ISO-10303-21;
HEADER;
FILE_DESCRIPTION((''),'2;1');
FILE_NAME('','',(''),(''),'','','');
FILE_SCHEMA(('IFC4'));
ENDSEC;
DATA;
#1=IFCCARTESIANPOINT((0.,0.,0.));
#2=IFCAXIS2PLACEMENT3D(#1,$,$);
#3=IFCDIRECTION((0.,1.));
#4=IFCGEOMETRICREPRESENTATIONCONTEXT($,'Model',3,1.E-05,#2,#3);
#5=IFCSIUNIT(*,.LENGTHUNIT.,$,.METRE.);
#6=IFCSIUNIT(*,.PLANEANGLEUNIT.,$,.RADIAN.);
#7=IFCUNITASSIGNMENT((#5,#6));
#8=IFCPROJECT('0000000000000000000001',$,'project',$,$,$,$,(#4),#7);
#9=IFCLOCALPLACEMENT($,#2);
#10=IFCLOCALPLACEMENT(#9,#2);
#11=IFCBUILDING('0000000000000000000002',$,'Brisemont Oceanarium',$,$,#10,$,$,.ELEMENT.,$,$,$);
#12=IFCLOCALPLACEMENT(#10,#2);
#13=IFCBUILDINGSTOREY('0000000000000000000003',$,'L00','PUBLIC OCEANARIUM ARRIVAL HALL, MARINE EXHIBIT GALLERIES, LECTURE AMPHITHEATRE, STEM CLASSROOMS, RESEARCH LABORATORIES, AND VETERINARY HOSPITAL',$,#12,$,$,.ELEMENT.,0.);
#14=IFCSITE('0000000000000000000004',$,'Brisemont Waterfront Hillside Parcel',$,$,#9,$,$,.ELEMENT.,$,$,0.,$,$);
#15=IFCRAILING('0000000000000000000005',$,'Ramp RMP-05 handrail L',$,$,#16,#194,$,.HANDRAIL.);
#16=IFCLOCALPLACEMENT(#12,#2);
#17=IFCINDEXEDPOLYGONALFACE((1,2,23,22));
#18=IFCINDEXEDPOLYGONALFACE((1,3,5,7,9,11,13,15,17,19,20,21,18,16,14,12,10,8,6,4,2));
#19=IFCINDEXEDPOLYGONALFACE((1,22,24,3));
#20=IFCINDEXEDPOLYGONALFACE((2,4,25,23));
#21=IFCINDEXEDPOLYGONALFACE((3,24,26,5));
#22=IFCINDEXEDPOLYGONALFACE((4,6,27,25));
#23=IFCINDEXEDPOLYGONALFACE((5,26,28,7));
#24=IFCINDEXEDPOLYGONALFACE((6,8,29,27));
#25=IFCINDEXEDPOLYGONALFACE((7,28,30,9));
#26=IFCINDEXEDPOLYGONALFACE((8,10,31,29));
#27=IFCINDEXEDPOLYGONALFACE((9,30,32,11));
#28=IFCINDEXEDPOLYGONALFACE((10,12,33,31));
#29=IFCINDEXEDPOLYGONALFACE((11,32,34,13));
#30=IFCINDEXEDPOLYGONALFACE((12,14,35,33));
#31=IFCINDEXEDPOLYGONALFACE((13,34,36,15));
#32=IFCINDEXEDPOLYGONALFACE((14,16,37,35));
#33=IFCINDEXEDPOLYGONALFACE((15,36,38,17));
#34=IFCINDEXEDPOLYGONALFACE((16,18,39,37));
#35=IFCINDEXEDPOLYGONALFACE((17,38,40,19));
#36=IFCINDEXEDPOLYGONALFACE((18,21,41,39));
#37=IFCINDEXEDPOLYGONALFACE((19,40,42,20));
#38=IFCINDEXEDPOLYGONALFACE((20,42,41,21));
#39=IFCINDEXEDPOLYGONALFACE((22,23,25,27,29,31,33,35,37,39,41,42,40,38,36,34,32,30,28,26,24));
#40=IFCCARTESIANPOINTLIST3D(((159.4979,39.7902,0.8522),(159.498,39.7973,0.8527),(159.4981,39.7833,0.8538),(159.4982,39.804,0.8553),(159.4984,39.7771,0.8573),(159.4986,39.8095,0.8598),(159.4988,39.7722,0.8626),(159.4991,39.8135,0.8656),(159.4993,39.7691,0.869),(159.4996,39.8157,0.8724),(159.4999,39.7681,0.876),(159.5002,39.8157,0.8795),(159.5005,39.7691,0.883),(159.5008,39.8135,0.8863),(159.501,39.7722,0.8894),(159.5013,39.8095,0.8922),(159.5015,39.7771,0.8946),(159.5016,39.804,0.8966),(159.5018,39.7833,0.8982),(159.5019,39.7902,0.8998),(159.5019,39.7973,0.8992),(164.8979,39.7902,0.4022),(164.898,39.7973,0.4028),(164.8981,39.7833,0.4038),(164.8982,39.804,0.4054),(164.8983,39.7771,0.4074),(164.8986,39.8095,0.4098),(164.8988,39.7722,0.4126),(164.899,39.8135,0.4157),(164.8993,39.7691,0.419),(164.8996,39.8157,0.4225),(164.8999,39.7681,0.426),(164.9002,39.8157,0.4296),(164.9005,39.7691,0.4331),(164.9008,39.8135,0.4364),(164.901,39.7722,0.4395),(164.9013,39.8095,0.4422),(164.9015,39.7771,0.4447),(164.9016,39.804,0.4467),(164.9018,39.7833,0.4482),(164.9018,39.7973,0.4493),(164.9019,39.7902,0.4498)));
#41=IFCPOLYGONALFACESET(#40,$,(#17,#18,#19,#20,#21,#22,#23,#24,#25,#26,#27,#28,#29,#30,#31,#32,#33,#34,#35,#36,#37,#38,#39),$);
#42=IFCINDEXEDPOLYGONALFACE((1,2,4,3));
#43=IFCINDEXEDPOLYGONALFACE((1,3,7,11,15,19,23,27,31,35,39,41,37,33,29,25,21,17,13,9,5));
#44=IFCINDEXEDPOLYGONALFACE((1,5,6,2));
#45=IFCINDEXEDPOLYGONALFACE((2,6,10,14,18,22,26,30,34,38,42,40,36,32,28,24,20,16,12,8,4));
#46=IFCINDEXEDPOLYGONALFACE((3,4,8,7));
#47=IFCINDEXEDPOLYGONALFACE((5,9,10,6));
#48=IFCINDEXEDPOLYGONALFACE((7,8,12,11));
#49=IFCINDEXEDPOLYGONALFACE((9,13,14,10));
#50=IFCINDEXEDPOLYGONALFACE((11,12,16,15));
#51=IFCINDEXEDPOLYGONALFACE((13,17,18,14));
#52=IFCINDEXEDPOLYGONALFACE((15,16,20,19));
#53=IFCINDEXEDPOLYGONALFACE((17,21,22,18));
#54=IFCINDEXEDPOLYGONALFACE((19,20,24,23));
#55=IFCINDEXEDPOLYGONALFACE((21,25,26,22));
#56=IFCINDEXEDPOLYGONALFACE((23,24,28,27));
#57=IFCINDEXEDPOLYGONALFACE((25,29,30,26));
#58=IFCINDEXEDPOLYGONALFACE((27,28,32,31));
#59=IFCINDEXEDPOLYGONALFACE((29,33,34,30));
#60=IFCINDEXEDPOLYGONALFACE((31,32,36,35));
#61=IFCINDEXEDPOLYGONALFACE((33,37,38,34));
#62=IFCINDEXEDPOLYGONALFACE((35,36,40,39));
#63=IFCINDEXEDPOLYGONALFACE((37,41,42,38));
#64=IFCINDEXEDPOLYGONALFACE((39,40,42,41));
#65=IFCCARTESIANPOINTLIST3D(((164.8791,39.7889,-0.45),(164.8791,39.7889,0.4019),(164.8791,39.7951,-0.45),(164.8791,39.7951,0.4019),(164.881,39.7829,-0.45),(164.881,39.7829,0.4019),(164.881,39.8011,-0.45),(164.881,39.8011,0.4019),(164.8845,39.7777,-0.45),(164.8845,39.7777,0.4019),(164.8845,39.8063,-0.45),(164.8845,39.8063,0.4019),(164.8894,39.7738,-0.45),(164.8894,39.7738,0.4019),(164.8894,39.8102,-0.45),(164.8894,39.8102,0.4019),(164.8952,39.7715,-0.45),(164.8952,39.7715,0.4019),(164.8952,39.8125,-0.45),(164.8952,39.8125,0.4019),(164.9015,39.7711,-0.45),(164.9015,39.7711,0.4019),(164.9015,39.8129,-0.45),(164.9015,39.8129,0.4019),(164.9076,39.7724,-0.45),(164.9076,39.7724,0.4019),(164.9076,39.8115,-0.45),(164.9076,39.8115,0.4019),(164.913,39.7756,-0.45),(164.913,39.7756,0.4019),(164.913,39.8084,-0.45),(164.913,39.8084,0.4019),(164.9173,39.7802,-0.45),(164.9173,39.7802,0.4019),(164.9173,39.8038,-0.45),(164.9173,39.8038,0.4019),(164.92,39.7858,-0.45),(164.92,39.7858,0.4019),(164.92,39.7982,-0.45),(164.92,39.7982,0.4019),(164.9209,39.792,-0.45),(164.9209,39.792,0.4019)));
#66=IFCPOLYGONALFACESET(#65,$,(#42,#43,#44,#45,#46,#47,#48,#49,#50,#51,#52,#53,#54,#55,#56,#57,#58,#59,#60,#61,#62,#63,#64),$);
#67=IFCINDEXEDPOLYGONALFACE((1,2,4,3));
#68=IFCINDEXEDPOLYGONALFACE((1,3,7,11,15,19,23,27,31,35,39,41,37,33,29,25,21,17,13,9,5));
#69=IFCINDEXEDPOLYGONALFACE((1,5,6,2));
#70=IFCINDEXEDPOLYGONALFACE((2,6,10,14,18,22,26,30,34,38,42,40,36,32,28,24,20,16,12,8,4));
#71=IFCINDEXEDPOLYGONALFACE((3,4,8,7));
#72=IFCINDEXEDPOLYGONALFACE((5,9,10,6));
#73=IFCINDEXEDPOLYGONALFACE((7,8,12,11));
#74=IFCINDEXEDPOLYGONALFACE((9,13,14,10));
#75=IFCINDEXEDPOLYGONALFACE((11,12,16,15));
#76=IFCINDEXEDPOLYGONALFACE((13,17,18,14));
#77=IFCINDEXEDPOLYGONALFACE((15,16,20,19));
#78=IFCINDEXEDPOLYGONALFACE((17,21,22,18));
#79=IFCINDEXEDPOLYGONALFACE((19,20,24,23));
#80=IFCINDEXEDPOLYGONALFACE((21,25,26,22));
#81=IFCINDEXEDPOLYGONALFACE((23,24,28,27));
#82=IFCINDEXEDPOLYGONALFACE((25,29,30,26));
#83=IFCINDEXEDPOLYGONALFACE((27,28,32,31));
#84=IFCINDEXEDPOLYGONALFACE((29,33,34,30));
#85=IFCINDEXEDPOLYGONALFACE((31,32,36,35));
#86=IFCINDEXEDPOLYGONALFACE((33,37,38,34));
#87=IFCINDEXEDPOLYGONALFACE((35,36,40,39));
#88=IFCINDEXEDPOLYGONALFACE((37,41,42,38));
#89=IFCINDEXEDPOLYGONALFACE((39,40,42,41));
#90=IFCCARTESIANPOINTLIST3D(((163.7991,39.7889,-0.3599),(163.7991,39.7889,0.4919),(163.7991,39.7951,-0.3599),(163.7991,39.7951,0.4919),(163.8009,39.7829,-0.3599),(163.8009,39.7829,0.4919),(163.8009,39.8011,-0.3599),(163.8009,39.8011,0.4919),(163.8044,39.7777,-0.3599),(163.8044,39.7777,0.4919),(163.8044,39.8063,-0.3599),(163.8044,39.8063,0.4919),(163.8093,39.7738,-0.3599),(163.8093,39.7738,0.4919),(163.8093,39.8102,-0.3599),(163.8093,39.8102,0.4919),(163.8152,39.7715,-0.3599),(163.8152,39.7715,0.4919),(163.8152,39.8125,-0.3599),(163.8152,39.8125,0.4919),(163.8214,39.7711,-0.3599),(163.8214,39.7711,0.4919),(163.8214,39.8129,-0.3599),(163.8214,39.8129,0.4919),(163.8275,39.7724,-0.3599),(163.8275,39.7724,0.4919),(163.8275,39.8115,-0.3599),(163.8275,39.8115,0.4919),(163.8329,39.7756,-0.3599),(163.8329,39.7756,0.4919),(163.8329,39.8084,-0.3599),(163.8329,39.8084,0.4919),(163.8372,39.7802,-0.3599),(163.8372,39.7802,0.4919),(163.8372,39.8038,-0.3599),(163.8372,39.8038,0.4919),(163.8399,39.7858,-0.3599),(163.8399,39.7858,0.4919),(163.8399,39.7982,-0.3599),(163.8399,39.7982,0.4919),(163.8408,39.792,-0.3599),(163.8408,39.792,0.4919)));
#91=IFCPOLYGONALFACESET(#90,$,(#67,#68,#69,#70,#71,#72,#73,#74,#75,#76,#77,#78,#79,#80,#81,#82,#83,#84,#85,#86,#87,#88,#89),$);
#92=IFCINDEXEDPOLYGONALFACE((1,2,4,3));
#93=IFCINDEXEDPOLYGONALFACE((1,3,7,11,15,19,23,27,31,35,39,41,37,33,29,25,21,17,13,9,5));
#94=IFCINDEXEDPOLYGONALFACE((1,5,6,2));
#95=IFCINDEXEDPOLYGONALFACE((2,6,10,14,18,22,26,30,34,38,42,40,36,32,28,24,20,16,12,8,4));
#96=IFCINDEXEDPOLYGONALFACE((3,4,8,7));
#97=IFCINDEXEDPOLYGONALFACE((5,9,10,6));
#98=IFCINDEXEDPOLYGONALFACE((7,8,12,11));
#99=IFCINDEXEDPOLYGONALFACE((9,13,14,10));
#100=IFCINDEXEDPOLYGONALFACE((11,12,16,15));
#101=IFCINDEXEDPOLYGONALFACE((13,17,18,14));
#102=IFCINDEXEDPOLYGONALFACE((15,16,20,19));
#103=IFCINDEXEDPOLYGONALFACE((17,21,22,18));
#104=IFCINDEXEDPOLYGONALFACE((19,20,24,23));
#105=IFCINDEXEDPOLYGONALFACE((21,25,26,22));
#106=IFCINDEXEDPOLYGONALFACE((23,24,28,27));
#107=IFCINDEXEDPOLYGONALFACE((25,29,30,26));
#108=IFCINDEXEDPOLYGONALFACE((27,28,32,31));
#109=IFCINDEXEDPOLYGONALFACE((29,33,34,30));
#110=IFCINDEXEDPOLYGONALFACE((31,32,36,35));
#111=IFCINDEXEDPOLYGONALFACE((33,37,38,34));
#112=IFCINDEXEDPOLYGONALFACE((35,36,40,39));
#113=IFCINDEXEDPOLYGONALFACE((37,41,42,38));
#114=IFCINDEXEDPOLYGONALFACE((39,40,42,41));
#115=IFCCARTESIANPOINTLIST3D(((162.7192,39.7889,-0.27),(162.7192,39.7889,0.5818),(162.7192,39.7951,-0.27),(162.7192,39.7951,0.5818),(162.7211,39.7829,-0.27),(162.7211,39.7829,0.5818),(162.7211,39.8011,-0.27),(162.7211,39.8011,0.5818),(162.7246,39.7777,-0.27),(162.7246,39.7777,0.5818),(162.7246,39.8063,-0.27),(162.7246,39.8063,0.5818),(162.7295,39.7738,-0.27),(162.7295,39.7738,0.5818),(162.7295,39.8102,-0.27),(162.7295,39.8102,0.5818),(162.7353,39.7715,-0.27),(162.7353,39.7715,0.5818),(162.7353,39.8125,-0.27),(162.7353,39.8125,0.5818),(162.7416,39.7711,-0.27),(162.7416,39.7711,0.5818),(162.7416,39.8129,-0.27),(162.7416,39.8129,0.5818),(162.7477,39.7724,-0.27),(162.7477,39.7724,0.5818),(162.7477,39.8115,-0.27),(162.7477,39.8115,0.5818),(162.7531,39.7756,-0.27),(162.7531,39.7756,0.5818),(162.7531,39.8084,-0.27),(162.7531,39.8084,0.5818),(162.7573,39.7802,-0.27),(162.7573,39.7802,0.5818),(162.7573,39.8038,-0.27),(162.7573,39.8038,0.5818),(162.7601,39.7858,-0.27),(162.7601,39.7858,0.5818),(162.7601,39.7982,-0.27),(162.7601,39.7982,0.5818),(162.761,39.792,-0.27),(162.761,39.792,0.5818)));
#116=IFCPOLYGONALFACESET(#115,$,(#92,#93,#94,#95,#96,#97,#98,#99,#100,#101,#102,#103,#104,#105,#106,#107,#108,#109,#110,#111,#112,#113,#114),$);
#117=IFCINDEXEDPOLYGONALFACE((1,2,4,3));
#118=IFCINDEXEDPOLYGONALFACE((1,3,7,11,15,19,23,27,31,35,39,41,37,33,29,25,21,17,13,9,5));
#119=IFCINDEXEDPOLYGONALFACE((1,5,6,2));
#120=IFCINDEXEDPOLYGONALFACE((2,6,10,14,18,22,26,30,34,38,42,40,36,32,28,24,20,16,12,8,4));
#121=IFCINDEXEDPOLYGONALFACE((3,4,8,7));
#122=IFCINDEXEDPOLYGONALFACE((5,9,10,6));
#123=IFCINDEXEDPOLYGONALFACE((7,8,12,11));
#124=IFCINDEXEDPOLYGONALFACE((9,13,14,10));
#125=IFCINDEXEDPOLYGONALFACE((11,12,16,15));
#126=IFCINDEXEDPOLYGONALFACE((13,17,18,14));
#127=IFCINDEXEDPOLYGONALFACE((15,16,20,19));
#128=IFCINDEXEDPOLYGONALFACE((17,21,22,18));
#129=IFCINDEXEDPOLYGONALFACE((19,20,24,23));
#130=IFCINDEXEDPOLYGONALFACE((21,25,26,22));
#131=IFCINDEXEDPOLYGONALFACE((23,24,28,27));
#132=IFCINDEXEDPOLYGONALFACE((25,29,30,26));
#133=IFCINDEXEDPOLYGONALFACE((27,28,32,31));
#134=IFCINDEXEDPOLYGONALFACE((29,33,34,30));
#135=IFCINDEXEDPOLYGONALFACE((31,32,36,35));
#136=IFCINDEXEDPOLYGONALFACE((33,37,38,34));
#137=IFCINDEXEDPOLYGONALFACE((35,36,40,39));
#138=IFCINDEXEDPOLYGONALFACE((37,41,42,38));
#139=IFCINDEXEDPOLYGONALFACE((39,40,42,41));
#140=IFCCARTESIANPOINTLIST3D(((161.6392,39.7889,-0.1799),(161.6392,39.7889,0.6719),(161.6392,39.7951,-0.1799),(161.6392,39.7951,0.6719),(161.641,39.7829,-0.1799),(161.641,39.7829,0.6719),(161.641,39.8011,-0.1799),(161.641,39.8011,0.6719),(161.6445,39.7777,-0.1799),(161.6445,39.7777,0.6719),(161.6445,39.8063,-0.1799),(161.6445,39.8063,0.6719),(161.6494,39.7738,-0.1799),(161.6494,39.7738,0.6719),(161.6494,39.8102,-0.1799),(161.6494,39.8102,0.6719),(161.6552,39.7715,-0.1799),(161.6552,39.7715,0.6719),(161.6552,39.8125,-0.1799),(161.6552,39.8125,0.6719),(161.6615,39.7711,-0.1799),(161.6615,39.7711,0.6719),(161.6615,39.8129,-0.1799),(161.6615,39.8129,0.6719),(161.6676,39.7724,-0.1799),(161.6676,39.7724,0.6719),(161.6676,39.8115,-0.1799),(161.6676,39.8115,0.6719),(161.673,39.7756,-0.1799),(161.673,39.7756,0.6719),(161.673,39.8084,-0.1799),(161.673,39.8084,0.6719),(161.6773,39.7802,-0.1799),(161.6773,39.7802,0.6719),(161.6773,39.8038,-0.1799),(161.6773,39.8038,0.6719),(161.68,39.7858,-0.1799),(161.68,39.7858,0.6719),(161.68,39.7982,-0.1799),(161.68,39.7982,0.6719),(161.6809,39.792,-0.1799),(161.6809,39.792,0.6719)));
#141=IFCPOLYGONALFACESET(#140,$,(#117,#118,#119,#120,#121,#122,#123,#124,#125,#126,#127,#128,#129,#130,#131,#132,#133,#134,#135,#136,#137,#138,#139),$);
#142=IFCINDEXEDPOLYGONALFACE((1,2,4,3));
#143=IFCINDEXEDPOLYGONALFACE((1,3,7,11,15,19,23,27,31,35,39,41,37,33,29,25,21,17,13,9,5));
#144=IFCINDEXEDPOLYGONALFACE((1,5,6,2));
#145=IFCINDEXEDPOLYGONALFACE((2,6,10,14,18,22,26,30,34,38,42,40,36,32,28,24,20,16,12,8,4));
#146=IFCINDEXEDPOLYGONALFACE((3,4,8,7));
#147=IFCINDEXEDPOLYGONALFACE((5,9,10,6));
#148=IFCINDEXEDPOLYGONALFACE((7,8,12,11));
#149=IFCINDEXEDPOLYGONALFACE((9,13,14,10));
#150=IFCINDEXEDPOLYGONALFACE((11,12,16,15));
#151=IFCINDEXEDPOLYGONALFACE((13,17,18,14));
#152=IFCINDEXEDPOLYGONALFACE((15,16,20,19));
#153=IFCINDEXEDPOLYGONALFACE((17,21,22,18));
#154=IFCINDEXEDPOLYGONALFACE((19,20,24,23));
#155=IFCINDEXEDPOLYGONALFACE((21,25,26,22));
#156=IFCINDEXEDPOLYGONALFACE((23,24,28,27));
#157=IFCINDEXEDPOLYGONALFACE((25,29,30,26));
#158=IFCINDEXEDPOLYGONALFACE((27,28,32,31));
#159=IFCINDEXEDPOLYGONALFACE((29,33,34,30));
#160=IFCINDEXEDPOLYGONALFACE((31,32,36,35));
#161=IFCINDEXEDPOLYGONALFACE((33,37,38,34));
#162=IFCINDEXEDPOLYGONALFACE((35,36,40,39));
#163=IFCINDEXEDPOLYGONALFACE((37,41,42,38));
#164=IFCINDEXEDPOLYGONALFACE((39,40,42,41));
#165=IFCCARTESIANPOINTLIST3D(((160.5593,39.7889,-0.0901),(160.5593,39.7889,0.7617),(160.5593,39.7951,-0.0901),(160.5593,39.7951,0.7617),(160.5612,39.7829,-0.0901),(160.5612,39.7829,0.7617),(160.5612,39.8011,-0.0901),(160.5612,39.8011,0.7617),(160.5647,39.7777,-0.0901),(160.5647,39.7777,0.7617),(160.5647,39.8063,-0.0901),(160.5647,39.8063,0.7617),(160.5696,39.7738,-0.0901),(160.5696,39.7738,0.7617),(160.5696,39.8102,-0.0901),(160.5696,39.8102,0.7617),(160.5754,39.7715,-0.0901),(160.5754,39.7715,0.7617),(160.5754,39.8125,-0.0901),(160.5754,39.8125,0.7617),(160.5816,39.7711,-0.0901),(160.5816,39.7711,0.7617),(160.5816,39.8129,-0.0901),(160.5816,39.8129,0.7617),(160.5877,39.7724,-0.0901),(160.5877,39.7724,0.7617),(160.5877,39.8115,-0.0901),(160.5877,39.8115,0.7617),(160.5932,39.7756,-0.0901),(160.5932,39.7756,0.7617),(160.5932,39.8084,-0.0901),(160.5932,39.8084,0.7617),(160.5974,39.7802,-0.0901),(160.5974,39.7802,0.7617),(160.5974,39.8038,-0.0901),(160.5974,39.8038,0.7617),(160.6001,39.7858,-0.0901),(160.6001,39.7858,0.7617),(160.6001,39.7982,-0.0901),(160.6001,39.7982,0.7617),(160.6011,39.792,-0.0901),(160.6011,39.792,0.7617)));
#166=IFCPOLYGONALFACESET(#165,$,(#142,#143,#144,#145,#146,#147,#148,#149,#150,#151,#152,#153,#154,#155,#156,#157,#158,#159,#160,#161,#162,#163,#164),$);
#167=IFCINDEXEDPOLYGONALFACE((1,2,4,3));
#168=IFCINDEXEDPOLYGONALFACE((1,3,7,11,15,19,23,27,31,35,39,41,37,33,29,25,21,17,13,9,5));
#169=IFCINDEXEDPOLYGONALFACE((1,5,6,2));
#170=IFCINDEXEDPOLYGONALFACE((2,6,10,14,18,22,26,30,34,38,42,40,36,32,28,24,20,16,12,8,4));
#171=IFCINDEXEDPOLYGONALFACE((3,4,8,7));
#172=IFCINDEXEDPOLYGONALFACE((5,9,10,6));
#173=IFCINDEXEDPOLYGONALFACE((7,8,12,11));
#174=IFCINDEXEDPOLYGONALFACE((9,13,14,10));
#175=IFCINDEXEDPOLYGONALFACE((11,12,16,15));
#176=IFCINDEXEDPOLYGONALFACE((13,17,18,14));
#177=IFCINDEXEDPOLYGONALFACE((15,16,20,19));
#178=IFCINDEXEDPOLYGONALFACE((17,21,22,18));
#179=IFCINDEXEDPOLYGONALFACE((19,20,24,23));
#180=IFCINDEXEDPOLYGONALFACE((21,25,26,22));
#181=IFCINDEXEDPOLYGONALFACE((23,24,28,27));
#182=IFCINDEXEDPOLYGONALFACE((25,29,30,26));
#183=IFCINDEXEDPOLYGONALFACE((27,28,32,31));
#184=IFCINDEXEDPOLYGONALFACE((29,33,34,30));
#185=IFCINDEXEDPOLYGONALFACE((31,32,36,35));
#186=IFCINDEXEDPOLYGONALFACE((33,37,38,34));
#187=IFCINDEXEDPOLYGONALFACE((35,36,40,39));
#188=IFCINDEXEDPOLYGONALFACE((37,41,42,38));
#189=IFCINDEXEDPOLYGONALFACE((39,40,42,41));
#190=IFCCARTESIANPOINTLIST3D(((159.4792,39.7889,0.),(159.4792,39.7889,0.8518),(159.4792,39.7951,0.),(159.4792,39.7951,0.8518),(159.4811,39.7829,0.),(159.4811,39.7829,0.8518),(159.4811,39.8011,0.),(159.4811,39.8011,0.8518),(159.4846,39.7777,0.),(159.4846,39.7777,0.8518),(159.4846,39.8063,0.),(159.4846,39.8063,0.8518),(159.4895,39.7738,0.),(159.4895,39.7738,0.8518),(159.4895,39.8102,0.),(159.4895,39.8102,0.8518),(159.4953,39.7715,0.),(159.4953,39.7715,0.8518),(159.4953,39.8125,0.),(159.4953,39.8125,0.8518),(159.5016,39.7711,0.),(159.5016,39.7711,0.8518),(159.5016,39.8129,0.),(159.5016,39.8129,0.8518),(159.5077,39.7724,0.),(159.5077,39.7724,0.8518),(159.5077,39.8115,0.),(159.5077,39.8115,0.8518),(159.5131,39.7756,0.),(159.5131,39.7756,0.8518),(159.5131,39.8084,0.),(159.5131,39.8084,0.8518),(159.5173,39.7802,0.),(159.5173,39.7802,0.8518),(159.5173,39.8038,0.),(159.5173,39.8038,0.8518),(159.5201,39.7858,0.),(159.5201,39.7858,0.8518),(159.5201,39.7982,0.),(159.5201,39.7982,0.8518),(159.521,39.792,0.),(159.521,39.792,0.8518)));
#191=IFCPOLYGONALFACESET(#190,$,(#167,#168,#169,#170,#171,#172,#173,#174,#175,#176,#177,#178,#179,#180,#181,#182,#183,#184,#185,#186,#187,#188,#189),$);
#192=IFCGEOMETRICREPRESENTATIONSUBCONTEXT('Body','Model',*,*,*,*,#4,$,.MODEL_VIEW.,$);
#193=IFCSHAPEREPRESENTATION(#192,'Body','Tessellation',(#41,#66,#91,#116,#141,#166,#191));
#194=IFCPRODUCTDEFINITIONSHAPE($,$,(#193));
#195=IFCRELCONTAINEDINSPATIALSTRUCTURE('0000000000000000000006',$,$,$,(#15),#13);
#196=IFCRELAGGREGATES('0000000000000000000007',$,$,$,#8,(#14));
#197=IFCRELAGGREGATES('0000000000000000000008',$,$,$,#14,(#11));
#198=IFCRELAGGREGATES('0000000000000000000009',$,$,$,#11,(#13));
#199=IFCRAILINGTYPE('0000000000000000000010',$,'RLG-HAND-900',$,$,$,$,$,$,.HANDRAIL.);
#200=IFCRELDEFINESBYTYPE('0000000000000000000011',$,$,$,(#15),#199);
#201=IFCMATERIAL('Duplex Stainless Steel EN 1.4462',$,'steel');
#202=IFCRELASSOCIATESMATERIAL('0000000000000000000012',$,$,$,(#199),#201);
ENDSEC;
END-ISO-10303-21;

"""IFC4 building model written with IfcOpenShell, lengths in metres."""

from ifc_helpers import new_model, si_unit, direction, frame, origin, origin_2d, place, context, subcontext, project, spatial, circle, extrude, material, type_object, element, save


model = new_model("IFC4")

# Units and contexts
model_context = context("Model", 3, precision=1e-05, world=origin(), true_north=direction((0.0, 1.0)))
body_context = subcontext(model_context, "Body", "Model", "MODEL_VIEW")
ifc_project = project(units=[si_unit("LENGTHUNIT", "METRE"), si_unit("PLANEANGLEUNIT", "RADIAN")], contexts=[model_context])

# Site, building, storey
site_placement = place(None, origin())
site = spatial("IfcSite", under=ifc_project, at=site_placement, Name="Brisemont Waterfront Hillside Parcel", CompositionType="ELEMENT", RefElevation=0.0)
building_placement = place(site_placement, origin())
building = spatial("IfcBuilding", under=site, at=building_placement, Name="Brisemont Oceanarium", CompositionType="ELEMENT")
storey_placement = place(building_placement, origin())
storey = spatial("IfcBuildingStorey", under=building, at=storey_placement, Name="L00", Description="PUBLIC OCEANARIUM ARRIVAL HALL, MARINE EXHIBIT GALLERIES, LECTURE AMPHITHEATRE, STEM CLASSROOMS, RESEARCH LABORATORIES, AND VETERINARY HOSPITAL", CompositionType="ELEMENT", Elevation=0.0)

# Railing
ifc_material_1 = material(Name="Duplex Stainless Steel EN 1.4462", Category="steel")
railing_type = type_object("IfcRailingType", Name="RLG-HAND-900", PredefinedType="HANDRAIL", material=ifc_material_1)
for number, where, name in (
    (1, (164.8999, 39.792, -0.45), "Ramp RMP-05 handrail L"),
):
    element("IfcRailing", number, at=place(storey_placement, frame(where)), inside=storey, type_object=railing_type, Name=name, PredefinedType="HANDRAIL", context=body_context, shape_type="SweptSolid", body=[
        extrude(circle(Radius=0.0239, at=origin_2d()), frame((0.0, 0.0, 0.876), z_axis=(-0.996546, 0.0, 0.083038), x_axis=(0.0, -1.0, 0.0)), (0.0, 0.0, 1.0), 5.4187),
        extrude(circle(Radius=0.021, at=origin_2d()), origin(), (0.0, 0.0, 1.0), 0.8518),
        extrude(circle(Radius=0.021, at=origin_2d()), frame((-1.0801, 0.0, 0.0901)), (0.0, 0.0, 1.0), 0.8518),
        extrude(circle(Radius=0.021, at=origin_2d()), frame((-2.1599, 0.0, 0.1799)), (0.0, 0.0, 1.0), 0.8518),
        extrude(circle(Radius=0.021, at=origin_2d()), frame((-3.24, 0.0, 0.27)), (0.0, 0.0, 1.0), 0.8518),
        extrude(circle(Radius=0.021, at=origin_2d()), frame((-4.3198, 0.0, 0.3599)), (0.0, 0.0, 1.0), 0.8518),
        extrude(circle(Radius=0.021, at=origin_2d()), frame((-5.3999, 0.0, 0.45)), (0.0, 0.0, 1.0), 0.8518),
    ])

save(model, "model.ifc")
